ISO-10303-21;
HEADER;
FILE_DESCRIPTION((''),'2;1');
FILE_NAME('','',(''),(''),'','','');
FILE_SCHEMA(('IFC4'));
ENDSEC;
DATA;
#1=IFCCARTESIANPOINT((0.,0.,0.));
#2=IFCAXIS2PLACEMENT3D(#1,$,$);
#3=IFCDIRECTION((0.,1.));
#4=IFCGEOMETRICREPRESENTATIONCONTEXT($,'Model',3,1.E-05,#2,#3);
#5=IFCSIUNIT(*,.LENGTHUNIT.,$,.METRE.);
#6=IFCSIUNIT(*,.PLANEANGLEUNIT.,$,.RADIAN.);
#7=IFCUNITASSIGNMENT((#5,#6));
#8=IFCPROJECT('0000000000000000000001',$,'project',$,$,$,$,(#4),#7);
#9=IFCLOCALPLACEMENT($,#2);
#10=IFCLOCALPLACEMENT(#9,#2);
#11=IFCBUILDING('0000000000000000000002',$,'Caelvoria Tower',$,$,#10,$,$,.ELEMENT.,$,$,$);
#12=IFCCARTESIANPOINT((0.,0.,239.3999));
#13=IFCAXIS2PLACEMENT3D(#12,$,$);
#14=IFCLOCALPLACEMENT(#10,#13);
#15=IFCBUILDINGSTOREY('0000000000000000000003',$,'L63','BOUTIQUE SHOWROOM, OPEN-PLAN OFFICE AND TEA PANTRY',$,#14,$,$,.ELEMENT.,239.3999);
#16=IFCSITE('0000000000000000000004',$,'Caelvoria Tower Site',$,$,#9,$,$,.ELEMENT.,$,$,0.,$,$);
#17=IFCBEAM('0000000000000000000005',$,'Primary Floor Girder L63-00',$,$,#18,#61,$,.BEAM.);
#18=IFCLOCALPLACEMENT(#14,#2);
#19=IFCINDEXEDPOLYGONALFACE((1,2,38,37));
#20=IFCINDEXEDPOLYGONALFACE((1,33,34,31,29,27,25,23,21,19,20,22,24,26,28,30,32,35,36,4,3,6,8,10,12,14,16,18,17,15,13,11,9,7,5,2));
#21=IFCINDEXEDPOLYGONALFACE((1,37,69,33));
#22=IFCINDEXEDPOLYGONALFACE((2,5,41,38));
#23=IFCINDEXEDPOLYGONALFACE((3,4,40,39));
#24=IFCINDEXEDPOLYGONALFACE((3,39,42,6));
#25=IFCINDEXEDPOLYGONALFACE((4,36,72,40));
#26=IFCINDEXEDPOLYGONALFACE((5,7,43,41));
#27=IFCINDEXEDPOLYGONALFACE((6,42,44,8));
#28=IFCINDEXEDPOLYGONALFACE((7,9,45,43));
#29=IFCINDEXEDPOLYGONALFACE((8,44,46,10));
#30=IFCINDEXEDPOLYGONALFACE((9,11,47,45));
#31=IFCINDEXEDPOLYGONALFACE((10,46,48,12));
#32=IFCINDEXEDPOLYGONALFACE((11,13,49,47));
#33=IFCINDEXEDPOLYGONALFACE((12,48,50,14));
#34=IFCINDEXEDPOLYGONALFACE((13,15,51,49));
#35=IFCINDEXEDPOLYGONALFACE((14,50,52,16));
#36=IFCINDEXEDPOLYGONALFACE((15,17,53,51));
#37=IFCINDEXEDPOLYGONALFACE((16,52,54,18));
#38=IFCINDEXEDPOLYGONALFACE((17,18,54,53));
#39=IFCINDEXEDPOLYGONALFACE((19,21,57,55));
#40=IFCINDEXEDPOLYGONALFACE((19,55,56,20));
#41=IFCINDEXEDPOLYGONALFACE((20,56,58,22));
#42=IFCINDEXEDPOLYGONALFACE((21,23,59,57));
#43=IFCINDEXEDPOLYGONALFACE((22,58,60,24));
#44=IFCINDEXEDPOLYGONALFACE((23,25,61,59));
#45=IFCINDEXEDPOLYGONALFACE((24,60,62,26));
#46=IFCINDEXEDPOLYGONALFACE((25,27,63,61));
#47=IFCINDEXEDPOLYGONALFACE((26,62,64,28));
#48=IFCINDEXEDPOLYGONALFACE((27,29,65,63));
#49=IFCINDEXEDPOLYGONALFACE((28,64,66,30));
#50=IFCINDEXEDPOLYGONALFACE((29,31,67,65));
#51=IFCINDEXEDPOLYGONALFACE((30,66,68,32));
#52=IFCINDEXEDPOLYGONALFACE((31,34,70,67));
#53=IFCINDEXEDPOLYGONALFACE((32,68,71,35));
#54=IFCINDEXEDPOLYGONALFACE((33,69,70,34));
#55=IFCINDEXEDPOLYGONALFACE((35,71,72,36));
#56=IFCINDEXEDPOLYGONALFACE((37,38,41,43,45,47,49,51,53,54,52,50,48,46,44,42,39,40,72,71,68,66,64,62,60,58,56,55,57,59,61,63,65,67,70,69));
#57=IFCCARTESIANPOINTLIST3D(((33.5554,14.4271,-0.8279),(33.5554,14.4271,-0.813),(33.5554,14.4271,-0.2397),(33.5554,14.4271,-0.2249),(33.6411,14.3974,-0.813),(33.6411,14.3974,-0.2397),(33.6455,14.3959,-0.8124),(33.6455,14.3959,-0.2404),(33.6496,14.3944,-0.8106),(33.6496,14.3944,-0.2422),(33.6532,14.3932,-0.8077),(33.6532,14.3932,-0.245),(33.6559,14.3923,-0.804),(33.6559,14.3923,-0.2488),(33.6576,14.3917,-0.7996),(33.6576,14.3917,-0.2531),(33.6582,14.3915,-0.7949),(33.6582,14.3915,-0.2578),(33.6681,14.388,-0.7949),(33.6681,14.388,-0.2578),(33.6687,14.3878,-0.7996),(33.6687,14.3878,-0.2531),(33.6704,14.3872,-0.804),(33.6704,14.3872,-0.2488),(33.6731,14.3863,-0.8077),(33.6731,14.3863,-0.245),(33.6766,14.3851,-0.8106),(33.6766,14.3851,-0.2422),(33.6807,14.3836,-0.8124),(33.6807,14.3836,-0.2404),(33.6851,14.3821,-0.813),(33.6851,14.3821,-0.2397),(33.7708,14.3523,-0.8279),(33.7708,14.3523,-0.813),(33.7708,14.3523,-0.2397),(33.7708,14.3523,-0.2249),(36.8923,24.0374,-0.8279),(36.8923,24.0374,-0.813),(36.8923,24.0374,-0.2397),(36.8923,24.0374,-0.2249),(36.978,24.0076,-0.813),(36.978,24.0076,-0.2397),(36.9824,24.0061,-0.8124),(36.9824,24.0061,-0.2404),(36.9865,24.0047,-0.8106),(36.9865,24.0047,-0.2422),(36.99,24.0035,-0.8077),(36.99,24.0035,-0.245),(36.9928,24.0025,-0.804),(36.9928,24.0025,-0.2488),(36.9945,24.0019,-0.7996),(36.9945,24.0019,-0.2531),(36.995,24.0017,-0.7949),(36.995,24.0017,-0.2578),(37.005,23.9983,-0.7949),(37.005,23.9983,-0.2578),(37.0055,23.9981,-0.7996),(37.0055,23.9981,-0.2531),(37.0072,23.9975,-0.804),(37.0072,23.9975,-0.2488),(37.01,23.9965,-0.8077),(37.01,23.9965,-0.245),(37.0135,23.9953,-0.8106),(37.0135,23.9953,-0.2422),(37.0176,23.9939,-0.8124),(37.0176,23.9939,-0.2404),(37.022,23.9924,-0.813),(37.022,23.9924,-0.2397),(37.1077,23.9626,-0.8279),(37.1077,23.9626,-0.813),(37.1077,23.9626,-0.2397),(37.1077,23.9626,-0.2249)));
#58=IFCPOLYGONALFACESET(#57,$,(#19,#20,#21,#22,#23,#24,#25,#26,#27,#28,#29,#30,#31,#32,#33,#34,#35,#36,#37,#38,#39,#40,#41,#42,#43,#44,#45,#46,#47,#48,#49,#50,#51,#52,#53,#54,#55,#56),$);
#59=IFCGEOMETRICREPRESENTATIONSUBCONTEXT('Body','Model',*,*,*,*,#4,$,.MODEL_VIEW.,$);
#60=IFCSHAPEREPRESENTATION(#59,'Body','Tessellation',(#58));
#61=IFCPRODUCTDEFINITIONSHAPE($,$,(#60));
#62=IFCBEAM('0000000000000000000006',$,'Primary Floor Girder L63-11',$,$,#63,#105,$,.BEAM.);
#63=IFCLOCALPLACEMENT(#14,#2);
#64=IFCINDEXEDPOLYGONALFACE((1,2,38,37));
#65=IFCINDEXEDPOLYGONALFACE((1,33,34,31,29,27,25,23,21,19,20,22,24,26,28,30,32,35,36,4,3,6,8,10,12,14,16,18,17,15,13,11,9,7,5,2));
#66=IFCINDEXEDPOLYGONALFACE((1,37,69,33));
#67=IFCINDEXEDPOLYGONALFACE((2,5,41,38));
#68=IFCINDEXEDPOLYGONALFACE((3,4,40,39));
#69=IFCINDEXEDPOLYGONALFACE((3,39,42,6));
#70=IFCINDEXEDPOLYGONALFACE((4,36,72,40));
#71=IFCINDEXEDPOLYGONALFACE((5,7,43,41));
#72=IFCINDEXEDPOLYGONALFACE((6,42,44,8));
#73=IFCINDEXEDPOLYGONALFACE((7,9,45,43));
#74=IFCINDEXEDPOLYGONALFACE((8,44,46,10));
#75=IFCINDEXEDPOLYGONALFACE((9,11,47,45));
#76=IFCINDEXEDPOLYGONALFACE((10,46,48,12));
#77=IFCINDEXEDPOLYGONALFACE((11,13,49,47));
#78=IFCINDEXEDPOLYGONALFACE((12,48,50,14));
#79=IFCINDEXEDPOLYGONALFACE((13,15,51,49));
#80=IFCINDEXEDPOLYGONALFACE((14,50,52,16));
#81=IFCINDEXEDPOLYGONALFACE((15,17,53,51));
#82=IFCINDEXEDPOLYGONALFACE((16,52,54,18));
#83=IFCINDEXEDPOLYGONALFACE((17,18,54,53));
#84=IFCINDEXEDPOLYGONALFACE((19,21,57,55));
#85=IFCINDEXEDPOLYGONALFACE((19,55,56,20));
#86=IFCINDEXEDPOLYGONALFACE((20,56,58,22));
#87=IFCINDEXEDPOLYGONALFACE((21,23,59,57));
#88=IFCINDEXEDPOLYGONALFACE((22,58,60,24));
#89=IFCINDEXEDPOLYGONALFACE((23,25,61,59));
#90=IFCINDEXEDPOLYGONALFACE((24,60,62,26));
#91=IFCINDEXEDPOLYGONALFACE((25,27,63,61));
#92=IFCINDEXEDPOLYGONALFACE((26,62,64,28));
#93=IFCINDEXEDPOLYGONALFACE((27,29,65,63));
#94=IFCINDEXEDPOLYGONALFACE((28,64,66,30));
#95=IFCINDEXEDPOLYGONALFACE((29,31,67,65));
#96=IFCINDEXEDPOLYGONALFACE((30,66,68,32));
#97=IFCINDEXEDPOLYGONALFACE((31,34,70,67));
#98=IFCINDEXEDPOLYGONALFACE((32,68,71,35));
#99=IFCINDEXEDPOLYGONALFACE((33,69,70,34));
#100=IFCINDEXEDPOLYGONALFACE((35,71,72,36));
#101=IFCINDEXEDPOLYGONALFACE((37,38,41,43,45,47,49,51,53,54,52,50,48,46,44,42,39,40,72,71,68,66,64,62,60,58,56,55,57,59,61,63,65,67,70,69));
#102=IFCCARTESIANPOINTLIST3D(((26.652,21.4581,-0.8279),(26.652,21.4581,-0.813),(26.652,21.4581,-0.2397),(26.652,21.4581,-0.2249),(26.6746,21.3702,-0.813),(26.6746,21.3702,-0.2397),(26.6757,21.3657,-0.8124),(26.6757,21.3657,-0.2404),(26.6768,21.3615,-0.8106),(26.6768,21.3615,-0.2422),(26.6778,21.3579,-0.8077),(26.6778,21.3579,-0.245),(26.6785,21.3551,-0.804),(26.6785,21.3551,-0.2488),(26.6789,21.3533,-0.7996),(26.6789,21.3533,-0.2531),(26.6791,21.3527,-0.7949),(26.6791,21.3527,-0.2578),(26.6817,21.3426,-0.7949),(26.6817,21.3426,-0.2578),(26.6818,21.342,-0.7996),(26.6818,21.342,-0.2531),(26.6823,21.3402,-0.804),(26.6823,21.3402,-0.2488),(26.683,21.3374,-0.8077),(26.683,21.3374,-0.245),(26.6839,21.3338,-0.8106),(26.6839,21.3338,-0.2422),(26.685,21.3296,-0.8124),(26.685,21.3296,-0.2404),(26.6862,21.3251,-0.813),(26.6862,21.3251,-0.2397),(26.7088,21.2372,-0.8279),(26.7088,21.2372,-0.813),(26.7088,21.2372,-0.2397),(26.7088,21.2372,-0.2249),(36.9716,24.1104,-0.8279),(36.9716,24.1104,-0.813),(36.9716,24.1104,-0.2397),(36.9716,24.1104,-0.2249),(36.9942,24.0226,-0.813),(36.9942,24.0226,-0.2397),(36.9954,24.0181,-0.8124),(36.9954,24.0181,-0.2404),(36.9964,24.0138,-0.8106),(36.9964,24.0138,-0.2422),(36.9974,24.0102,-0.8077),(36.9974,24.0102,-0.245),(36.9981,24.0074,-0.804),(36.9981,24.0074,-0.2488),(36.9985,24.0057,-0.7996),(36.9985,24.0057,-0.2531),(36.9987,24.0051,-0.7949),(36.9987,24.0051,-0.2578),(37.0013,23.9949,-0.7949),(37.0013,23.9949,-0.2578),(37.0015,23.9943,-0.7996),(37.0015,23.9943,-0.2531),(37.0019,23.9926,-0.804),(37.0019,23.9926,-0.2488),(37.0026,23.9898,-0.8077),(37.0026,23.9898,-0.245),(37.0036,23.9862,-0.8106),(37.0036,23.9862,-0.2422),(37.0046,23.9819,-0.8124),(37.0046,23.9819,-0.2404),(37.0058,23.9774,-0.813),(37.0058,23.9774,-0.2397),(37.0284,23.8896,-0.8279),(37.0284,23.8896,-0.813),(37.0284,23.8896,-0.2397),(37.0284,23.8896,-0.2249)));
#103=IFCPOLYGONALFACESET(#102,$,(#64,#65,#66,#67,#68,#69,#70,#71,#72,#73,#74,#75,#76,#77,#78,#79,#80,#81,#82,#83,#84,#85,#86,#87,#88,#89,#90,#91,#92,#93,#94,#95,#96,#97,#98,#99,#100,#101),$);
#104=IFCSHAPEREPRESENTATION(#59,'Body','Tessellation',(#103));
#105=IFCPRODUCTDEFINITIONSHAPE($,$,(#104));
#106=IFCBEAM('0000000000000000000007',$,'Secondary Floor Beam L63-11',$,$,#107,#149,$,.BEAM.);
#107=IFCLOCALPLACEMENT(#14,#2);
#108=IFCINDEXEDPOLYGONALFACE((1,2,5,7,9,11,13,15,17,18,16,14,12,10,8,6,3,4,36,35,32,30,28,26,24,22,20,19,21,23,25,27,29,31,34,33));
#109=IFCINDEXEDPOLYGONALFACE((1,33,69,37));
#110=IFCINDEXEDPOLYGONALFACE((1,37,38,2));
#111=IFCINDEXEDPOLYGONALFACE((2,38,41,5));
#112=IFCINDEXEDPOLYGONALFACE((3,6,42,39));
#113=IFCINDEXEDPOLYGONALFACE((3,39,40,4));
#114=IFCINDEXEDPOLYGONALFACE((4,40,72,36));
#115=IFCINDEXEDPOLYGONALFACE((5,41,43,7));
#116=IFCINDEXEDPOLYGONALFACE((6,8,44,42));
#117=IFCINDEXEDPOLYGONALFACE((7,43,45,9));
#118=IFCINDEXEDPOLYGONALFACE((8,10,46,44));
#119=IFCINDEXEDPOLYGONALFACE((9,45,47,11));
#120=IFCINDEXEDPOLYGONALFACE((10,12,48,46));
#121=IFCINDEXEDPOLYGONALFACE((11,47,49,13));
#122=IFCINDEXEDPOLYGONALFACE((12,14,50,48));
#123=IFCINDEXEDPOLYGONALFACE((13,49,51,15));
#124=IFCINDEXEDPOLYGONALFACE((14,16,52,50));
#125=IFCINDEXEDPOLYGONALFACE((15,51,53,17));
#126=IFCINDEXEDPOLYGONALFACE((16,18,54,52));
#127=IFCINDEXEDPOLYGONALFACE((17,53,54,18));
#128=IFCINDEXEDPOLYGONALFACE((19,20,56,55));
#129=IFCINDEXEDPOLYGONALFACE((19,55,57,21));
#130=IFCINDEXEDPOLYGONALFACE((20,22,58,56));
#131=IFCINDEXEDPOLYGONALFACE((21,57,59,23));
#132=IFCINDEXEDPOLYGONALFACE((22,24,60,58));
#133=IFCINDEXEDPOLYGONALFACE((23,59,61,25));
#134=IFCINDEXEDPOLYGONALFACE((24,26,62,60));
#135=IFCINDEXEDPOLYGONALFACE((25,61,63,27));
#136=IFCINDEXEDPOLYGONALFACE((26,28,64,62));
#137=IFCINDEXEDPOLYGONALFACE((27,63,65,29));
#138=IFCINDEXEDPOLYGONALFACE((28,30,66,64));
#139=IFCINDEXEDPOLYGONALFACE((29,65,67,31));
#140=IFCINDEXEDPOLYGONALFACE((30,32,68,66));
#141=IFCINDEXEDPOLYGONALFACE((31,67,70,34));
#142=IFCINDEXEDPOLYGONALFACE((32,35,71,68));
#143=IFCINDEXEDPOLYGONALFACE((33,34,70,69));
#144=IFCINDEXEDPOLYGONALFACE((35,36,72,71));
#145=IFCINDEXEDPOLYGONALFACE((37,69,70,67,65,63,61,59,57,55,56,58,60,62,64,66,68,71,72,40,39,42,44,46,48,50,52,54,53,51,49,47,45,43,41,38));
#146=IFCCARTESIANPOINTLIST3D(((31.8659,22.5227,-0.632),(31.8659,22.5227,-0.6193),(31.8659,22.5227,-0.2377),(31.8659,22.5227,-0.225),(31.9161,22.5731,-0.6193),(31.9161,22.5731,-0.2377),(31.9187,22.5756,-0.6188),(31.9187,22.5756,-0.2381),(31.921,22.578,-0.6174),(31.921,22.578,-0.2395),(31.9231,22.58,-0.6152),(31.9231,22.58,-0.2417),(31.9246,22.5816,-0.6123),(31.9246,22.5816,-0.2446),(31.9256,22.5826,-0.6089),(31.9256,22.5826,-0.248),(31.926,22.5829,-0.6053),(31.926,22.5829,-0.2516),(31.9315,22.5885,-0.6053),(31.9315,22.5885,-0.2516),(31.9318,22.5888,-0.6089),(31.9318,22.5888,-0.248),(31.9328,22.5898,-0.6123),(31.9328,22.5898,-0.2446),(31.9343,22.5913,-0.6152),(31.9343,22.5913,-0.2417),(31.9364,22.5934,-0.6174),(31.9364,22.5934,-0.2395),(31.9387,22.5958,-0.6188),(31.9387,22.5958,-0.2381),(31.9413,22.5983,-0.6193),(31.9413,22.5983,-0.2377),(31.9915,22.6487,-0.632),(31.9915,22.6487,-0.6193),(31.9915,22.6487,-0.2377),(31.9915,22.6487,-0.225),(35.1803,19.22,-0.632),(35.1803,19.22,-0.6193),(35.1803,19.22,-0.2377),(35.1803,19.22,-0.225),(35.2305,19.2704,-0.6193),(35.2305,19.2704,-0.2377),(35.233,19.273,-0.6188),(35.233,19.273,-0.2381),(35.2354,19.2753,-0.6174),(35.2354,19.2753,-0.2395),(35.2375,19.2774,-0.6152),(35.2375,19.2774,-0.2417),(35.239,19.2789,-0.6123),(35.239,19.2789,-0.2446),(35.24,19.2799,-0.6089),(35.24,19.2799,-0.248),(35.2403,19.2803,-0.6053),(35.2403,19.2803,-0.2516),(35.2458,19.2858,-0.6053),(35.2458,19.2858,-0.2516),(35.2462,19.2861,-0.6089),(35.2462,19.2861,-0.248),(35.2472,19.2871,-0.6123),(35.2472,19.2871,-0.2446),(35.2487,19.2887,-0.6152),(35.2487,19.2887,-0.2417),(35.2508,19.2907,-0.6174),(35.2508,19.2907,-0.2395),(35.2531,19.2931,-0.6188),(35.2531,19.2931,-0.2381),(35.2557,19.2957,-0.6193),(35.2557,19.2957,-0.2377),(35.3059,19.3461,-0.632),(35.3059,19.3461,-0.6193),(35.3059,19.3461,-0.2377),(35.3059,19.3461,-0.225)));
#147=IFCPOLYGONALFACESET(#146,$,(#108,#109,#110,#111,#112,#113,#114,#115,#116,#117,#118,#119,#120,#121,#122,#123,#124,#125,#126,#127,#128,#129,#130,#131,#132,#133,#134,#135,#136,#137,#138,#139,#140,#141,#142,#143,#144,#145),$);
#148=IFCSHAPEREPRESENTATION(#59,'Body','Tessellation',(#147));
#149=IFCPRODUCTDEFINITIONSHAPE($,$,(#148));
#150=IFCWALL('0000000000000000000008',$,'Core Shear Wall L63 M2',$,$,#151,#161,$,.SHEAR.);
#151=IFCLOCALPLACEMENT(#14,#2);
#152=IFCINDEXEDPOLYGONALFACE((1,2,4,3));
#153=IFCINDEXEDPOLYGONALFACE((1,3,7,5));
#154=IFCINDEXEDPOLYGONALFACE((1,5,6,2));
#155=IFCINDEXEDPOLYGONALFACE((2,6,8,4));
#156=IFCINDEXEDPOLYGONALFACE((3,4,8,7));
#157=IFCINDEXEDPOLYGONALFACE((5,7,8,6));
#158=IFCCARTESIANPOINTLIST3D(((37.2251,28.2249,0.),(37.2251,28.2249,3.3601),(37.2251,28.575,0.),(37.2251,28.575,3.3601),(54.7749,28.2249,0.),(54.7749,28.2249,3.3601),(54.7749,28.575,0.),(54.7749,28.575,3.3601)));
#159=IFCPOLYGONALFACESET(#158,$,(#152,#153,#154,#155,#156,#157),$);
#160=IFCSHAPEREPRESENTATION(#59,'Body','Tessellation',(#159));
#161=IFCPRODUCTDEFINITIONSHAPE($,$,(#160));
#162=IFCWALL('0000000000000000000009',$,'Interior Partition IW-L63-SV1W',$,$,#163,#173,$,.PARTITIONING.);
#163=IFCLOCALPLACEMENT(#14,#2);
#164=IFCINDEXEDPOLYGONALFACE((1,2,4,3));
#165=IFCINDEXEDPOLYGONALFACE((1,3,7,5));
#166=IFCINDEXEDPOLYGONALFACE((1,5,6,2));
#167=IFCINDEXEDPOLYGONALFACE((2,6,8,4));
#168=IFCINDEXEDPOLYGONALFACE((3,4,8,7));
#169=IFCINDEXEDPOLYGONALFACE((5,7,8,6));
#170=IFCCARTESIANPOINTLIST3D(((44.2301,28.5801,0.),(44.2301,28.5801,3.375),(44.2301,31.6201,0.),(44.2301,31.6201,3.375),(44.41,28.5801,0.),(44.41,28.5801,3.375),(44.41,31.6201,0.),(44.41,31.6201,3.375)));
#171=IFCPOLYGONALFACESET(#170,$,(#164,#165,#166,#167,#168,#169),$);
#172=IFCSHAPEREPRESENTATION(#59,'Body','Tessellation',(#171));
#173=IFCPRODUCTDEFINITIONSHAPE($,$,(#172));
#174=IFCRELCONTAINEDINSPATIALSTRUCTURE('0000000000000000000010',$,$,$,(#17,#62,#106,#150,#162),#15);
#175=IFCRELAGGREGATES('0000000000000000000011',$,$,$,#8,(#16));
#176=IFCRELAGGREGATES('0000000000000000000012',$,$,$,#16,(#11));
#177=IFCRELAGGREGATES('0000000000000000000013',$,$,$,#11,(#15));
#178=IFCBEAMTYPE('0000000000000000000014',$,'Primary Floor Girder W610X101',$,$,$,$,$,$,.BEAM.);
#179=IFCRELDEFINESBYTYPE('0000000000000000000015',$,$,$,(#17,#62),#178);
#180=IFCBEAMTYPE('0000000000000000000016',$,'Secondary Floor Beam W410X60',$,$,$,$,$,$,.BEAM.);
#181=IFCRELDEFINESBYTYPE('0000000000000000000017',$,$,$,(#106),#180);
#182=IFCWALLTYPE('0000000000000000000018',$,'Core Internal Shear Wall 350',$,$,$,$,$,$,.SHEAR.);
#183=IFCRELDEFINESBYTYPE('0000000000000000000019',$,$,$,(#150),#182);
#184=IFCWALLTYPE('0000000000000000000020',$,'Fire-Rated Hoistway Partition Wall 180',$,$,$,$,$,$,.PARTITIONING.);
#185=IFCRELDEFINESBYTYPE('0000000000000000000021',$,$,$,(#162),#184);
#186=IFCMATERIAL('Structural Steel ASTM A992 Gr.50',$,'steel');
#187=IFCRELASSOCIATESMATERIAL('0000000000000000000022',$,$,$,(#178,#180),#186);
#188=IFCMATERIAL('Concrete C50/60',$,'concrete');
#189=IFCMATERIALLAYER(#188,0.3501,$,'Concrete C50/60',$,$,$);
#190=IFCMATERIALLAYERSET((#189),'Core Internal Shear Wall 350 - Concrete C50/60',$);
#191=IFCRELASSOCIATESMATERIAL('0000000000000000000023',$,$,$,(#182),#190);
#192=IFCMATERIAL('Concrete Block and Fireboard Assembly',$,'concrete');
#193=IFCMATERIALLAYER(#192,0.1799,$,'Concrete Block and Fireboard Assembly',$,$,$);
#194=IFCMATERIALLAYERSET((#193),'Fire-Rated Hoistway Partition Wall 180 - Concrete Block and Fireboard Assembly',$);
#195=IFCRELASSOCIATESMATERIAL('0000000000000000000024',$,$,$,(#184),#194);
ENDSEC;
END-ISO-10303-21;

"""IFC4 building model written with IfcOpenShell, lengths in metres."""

from ifc_helpers import new_model, si_unit, direction, frame, frame_2d, origin, origin_2d, place, context, subcontext, project, spatial, rectangle, i_section, extrude, material, layer, layer_set, material_profile, profile_set, type_object, element, save


model = new_model("IFC4")

# Units and contexts
model_context = context("Model", 3, precision=1e-05, world=origin(), true_north=direction((0.0, 1.0)))
body_context = subcontext(model_context, "Body", "Model", "MODEL_VIEW")
ifc_project = project(units=[si_unit("LENGTHUNIT", "METRE"), si_unit("PLANEANGLEUNIT", "RADIAN")], contexts=[model_context])

# Site, building, storey
site_placement = place(None, origin())
site = spatial("IfcSite", under=ifc_project, at=site_placement, Name="Caelvoria Tower Site", CompositionType="ELEMENT", RefElevation=0.0)
building_placement = place(site_placement, origin())
building = spatial("IfcBuilding", under=site, at=building_placement, Name="Caelvoria Tower", CompositionType="ELEMENT")
storey_placement = place(building_placement, frame((0.0, 0.0, 239.3999)))
storey = spatial("IfcBuildingStorey", under=building, at=storey_placement, Name="L63", Description="BOUTIQUE SHOWROOM, OPEN-PLAN OFFICE AND TEA PANTRY", CompositionType="ELEMENT", Elevation=239.3999)

# Beams
ifc_material_1 = material(Name="Structural Steel ASTM A992 Gr.50", Category="steel")
ifc_material_profile_1 = material_profile(ifc_material_1, i_section(OverallWidth=0.228, OverallDepth=0.603, WebThickness=0.0105, FlangeThickness=0.0149, FilletRadius=0.0181, at=origin_2d()), Name="Structural Steel ASTM A992 Gr.50")
ifc_profile_set_1 = profile_set([ifc_material_profile_1], Name="W610X101 - Structural Steel ASTM A992 Gr.50")
beam_type_1 = type_object("IfcBeamType", Name="Primary Floor Girder W610X101", PredefinedType="BEAM", material=ifc_profile_set_1)
beam_1_placement = place(storey_placement, frame((37.0, 24.0, -0.5264), z_axis=(-0.32801, -0.944674, 0.0), x_axis=(0.944674, -0.32801, 0.0)))
element("IfcBeam", 1, at=beam_1_placement, inside=storey, type_object=beam_type_1, Name="Primary Floor Girder L63-00", PredefinedType="BEAM", context=body_context, shape_type="SweptSolid", body=[
    extrude(i_section(OverallWidth=0.228, OverallDepth=0.603, WebThickness=0.0105, FlangeThickness=0.0149, FilletRadius=0.0181, at=origin_2d()), origin(), (0.0, 0.0, 1.0), 10.1731),
])
beam_2_placement = place(storey_placement, frame((37.0, 24.0, -0.5264), z_axis=(-0.968522, -0.24893, 0.0), x_axis=(0.24893, -0.968522, 0.0)))
element("IfcBeam", 2, at=beam_2_placement, inside=storey, type_object=beam_type_1, Name="Primary Floor Girder L63-11", PredefinedType="BEAM", context=body_context, shape_type="SweptSolid", body=[
    extrude(i_section(OverallWidth=0.228, OverallDepth=0.603, WebThickness=0.0105, FlangeThickness=0.0149, FilletRadius=0.0181, at=origin_2d()), origin(), (0.0, 0.0, 1.0), 10.655),
])
ifc_material_profile_2 = material_profile(ifc_material_1, i_section(OverallWidth=0.178, OverallDepth=0.407, WebThickness=0.0078, FlangeThickness=0.0127, FilletRadius=0.0139, at=origin_2d()), Name="Structural Steel ASTM A992 Gr.50")
ifc_profile_set_2 = profile_set([ifc_material_profile_2], Name="W410X60 - Structural Steel ASTM A992 Gr.50")
beam_type_2 = type_object("IfcBeamType", Name="Secondary Floor Beam W410X60", PredefinedType="BEAM", material=ifc_profile_set_2)
beam_3_placement = place(storey_placement, frame((31.9287, 22.5857, -0.4285), z_axis=(0.708358, -0.705853, 0.0), x_axis=(0.705853, 0.708358, 0.0)))
element("IfcBeam", 3, at=beam_3_placement, inside=storey, type_object=beam_type_2, Name="Secondary Floor Beam L63-11", PredefinedType="BEAM", context=body_context, shape_type="SweptSolid", body=[
    extrude(i_section(OverallWidth=0.178, OverallDepth=0.407, WebThickness=0.0078, FlangeThickness=0.0127, FilletRadius=0.0139, at=origin_2d()), origin(), (0.0, 0.0, 1.0), 4.679),
])

# Shared definitions
ifc_material_2 = material(Name="Concrete C50/60", Category="concrete")
ifc_layer_1 = layer(ifc_material_2, 0.3501, Name="Concrete C50/60")
ifc_layer_set_1 = layer_set([ifc_layer_1], Name="Core Internal Shear Wall 350 - Concrete C50/60")
wall_type_1 = type_object("IfcWallType", Name="Core Internal Shear Wall 350", PredefinedType="SHEAR", material=ifc_layer_set_1)

# Wall
wall_1_placement = place(storey_placement, frame((37.2251, 28.3999, 0.0), z_axis=(0.0, 0.0, 1.0), x_axis=(1.0, 0.0, 0.0)))
element("IfcWall", 4, at=wall_1_placement, inside=storey, type_object=wall_type_1, Name="Core Shear Wall L63 M2", PredefinedType="SHEAR", context=body_context, shape_type="SweptSolid", body=[
    extrude(rectangle(XDim=17.5498, YDim=0.3501, at=frame_2d((8.7749, 0.0))), origin(), (0.0, 0.0, 1.0), 3.3601),
])

# Wall
ifc_material_3 = material(Name="Concrete Block and Fireboard Assembly", Category="concrete")
ifc_layer_2 = layer(ifc_material_3, 0.1799, Name="Concrete Block and Fireboard Assembly")
ifc_layer_set_2 = layer_set([ifc_layer_2], Name="Fire-Rated Hoistway Partition Wall 180 - Concrete Block and Fireboard Assembly")
wall_type_2 = type_object("IfcWallType", Name="Fire-Rated Hoistway Partition Wall 180", PredefinedType="PARTITIONING", material=ifc_layer_set_2)
wall_2_placement = place(storey_placement, frame((44.3201, 28.5801, 0.0), z_axis=(0.0, 0.0, 1.0), x_axis=(0.0, 1.0, 0.0)))
element("IfcWall", 5, at=wall_2_placement, inside=storey, type_object=wall_type_2, Name="Interior Partition IW-L63-SV1W", PredefinedType="PARTITIONING", context=body_context, shape_type="SweptSolid", body=[
    extrude(rectangle(XDim=3.04, YDim=0.1799, at=frame_2d((1.52, 0.0))), origin(), (0.0, 0.0, 1.0), 3.375),
])

save(model, "model.ifc")
